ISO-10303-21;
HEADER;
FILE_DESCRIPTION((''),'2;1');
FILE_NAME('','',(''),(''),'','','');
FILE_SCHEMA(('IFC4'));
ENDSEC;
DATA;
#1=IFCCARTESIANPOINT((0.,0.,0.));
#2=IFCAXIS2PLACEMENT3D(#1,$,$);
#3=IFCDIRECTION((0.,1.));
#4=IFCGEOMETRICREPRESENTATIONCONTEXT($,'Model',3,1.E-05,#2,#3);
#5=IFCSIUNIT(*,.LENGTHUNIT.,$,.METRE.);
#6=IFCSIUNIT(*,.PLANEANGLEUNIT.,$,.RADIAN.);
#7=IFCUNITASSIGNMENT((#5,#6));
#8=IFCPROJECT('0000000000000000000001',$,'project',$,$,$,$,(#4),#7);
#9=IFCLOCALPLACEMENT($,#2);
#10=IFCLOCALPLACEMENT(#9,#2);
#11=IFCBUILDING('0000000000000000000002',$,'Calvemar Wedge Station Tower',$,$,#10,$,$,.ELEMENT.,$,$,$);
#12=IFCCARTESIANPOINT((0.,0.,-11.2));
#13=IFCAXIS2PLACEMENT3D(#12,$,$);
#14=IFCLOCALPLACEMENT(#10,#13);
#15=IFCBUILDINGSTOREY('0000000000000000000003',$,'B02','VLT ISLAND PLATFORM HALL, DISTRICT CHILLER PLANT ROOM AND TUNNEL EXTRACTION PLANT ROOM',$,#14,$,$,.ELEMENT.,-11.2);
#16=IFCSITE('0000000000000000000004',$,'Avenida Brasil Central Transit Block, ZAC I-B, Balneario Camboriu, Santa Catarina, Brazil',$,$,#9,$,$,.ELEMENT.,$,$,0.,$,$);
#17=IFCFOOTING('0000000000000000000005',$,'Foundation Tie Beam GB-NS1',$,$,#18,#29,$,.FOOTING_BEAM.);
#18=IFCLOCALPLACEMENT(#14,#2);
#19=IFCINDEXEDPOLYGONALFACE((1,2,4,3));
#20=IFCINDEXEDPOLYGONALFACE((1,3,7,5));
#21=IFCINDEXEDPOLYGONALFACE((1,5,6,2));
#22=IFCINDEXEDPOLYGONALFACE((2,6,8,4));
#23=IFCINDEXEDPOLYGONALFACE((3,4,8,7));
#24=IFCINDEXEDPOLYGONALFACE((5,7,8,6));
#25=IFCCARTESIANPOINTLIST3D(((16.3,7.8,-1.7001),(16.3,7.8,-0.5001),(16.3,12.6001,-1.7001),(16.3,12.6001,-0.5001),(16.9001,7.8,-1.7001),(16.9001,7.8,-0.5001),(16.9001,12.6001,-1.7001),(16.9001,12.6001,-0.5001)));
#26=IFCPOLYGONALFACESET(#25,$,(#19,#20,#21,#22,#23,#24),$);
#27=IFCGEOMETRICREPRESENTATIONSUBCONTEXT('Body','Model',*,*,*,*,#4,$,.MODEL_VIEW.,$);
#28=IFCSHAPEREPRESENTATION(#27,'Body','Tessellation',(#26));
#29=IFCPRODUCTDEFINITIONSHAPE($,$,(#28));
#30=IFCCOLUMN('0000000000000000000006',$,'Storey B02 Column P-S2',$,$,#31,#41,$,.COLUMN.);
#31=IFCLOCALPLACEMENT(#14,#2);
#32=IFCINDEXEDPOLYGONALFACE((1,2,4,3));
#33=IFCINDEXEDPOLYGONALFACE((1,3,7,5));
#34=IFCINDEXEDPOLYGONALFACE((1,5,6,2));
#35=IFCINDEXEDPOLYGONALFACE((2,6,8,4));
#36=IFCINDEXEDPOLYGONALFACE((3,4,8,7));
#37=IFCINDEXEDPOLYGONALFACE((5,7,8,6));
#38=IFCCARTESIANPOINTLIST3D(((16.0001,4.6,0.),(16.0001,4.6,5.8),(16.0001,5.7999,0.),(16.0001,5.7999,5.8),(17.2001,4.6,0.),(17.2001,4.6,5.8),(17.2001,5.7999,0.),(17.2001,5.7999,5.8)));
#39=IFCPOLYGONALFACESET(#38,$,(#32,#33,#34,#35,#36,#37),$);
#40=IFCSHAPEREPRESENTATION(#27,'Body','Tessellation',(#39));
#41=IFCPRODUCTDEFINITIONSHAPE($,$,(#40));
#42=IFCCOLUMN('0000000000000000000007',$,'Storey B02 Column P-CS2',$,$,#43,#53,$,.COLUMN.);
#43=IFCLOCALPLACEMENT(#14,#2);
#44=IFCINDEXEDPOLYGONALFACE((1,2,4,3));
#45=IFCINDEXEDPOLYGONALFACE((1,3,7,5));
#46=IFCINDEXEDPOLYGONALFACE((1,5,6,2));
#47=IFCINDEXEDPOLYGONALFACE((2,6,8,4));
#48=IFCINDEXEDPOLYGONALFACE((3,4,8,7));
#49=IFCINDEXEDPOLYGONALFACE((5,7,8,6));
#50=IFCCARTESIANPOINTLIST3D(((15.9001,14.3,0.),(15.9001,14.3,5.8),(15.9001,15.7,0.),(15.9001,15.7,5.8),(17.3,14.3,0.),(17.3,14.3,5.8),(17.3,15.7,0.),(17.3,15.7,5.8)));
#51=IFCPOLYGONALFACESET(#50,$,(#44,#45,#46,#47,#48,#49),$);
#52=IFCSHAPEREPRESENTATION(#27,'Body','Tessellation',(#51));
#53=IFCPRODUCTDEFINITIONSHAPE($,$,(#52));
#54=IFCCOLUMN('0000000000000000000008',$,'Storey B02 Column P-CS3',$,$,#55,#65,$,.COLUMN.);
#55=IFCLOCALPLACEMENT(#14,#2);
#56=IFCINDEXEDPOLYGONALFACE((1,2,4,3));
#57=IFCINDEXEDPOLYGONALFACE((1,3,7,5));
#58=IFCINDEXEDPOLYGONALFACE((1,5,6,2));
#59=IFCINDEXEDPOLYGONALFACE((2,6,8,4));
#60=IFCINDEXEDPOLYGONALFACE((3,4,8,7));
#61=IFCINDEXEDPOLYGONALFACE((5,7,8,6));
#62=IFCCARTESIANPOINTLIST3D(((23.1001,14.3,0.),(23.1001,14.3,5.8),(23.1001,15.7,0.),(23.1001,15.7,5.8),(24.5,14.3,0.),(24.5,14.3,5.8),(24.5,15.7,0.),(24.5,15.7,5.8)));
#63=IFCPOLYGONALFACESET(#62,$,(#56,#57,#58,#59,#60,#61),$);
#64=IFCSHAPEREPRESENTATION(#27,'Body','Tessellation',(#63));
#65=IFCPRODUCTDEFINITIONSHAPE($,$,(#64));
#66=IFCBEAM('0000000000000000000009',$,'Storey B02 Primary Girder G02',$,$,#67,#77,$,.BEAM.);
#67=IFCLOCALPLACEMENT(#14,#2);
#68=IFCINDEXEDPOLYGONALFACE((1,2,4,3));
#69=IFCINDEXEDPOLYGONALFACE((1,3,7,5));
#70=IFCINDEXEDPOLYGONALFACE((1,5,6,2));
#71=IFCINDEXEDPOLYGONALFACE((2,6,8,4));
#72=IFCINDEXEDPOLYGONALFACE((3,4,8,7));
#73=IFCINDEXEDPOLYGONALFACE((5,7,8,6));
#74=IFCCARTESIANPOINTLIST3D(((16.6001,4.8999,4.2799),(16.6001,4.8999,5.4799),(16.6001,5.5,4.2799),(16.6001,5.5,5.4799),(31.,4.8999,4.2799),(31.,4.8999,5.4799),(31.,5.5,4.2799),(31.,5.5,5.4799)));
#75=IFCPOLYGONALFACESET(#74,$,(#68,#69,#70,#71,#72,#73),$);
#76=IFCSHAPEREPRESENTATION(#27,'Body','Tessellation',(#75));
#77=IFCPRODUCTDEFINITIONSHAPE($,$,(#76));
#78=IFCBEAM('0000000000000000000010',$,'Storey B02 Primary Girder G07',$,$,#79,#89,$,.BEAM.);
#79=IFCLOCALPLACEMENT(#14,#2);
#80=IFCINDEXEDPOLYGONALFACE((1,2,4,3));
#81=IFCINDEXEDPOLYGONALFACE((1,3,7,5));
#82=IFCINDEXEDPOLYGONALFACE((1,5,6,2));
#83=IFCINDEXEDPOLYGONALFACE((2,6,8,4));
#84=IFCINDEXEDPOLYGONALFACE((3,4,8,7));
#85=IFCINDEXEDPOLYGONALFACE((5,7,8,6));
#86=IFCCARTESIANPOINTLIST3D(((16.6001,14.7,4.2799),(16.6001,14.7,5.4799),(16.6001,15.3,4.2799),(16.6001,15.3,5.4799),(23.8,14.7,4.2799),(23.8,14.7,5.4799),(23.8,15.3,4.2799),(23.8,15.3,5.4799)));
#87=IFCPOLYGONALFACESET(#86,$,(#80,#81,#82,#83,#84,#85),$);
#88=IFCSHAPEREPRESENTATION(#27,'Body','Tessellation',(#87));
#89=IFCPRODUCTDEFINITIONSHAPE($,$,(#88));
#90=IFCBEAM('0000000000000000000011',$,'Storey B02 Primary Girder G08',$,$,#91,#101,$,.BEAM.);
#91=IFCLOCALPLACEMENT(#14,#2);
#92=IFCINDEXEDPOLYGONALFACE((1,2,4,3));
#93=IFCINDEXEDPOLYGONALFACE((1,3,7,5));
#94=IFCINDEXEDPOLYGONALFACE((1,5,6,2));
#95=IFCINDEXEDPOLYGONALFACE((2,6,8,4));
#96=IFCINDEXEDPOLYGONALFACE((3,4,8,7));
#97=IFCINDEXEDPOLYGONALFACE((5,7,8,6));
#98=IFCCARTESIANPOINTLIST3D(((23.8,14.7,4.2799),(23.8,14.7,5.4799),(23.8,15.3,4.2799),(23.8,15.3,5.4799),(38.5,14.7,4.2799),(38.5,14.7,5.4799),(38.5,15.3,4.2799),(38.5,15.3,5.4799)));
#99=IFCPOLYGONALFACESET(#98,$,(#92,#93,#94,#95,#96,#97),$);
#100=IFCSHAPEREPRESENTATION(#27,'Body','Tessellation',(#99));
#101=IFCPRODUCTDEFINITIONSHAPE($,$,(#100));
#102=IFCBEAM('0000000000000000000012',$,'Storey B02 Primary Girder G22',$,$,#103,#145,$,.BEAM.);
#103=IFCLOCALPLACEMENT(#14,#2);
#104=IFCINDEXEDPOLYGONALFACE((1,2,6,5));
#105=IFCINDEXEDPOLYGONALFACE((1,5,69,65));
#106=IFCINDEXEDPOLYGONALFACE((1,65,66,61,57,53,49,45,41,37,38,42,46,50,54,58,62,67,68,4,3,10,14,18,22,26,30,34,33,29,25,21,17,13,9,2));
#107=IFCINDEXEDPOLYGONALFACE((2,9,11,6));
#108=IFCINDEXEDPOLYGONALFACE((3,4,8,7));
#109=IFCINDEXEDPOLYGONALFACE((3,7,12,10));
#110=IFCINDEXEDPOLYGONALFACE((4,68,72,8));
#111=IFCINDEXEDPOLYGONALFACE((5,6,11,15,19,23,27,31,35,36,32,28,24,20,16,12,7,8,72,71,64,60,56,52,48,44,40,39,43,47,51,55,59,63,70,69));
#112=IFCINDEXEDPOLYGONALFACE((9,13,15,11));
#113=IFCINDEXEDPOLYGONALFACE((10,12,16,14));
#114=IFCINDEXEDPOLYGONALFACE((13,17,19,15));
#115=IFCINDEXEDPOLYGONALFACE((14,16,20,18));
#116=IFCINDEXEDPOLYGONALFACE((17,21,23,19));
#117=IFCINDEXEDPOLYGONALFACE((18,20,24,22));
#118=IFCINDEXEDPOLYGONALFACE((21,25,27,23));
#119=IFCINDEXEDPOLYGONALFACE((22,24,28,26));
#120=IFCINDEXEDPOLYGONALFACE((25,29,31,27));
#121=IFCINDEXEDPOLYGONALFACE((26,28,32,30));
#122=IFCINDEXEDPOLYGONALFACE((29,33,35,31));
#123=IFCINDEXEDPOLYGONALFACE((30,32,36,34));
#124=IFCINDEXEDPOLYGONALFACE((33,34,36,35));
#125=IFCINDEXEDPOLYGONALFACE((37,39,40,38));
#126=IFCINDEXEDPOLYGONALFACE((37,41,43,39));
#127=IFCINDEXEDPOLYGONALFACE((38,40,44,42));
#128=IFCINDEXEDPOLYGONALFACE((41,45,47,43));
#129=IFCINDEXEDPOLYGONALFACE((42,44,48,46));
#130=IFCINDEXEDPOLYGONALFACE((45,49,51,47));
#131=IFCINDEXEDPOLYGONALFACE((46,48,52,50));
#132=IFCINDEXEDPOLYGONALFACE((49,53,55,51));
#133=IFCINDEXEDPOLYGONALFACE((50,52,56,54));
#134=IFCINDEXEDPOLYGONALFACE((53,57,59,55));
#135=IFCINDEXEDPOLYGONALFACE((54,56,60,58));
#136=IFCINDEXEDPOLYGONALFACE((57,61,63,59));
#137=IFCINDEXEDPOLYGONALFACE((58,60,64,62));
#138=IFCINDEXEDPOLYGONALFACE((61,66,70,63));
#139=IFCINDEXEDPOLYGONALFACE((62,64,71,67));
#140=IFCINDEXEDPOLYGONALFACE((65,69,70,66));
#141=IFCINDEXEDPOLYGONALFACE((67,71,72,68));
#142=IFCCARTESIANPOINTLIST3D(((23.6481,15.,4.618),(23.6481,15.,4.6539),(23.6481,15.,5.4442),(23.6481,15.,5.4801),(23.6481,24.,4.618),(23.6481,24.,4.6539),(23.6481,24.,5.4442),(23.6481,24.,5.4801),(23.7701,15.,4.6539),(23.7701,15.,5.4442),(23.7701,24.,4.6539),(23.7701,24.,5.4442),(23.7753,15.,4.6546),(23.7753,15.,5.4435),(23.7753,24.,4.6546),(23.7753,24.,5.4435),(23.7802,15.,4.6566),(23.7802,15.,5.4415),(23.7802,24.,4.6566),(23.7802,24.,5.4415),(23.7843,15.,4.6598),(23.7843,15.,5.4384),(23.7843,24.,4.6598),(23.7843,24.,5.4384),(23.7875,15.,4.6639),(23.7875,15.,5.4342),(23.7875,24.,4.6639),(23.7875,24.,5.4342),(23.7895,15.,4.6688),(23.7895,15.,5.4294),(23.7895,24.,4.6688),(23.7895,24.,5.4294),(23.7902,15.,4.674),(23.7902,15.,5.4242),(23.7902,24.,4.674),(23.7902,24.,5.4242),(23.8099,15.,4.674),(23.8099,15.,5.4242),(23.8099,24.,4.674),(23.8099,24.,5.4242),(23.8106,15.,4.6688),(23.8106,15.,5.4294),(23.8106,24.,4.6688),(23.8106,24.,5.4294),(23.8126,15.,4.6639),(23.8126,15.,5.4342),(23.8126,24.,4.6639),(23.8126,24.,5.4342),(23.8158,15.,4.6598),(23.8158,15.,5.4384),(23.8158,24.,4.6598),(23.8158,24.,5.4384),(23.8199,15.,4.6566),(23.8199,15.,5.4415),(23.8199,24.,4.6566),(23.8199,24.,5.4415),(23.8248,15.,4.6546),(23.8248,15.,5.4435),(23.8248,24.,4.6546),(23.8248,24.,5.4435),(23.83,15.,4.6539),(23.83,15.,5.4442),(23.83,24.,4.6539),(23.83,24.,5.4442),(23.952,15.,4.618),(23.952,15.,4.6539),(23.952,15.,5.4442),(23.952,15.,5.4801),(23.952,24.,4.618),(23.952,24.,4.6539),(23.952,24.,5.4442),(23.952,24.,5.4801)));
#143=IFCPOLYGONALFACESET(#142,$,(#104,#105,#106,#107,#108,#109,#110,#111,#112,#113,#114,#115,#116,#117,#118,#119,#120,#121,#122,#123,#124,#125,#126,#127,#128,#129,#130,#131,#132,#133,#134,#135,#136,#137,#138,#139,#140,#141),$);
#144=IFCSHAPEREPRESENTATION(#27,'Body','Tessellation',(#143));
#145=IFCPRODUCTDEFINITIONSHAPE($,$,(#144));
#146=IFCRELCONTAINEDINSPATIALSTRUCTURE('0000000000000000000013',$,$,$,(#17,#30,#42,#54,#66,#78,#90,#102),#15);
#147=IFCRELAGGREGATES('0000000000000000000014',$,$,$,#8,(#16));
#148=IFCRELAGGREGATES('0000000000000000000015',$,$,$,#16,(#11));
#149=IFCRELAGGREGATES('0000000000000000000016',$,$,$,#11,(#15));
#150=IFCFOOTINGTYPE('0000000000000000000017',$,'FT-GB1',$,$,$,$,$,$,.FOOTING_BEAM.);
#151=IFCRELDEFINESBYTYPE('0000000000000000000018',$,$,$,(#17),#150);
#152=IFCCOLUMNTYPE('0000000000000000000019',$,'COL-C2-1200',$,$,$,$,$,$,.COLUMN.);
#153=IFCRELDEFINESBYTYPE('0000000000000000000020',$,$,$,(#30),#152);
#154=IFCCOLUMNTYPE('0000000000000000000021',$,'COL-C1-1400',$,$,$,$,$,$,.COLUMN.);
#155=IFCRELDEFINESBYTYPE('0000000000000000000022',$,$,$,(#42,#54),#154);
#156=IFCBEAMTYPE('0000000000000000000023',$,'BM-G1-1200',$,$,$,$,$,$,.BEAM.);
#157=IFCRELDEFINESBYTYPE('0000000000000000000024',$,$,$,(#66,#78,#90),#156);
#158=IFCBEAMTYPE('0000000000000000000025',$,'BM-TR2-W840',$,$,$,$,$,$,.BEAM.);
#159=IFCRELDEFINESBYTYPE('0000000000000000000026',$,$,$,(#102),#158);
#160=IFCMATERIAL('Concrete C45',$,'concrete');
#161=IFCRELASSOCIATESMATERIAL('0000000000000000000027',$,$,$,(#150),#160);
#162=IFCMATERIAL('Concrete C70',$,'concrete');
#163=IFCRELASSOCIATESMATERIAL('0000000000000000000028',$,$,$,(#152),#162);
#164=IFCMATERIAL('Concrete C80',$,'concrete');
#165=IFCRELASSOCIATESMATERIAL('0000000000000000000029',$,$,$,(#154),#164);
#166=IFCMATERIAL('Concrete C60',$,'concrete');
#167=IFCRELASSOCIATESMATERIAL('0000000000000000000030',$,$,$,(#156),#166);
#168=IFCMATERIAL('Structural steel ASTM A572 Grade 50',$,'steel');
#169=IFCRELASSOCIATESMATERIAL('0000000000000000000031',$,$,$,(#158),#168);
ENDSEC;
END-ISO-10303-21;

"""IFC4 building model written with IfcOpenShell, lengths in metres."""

from ifc_helpers import new_model, si_unit, direction, frame, origin, origin_2d, place, context, subcontext, project, spatial, rectangle, i_section, extrude, source, transform, mapped, material, material_profile, profile_set, type_object, element, save


model = new_model("IFC4")

# Units and contexts
model_context = context("Model", 3, precision=1e-05, world=origin(), true_north=direction((0.0, 1.0)))
body_context = subcontext(model_context, "Body", "Model", "MODEL_VIEW")
ifc_project = project(units=[si_unit("LENGTHUNIT", "METRE"), si_unit("PLANEANGLEUNIT", "RADIAN")], contexts=[model_context])

# Site, building, storey
site_placement = place(None, origin())
site = spatial("IfcSite", under=ifc_project, at=site_placement, Name="Avenida Brasil Central Transit Block, ZAC I-B, Balneario Camboriu, Santa Catarina, Brazil", CompositionType="ELEMENT", RefElevation=0.0)
building_placement = place(site_placement, origin())
building = spatial("IfcBuilding", under=site, at=building_placement, Name="Calvemar Wedge Station Tower", CompositionType="ELEMENT")
storey_placement = place(building_placement, frame((0.0, 0.0, -11.2)))
storey = spatial("IfcBuildingStorey", under=building, at=storey_placement, Name="B02", Description="VLT ISLAND PLATFORM HALL, DISTRICT CHILLER PLANT ROOM AND TUNNEL EXTRACTION PLANT ROOM", CompositionType="ELEMENT", Elevation=-11.2)

# Shared definitions
ifc_material_1 = material(Name="Concrete C45", Category="concrete")

# Footing
ifc_material_profile_1 = material_profile(ifc_material_1, rectangle(XDim=0.6001, YDim=1.2, at=origin_2d()), Name="RC600x1200")
ifc_profile_set_1 = profile_set([ifc_material_profile_1], Name="Concrete C45")
footing_type_1 = type_object("IfcFootingType", Name="FT-GB1", PredefinedType="FOOTING_BEAM", material=ifc_profile_set_1)
shared_shape_1 = source(origin(), body_context, "Body", "SweptSolid", [
    extrude(rectangle(XDim=0.6001, YDim=1.2, at=origin_2d()), origin(), (0.0, 0.0, 1.0), 4.8),
])
footing_1_placement = place(storey_placement, frame((16.6001, 7.8, -1.1001), z_axis=(0.0, 1.0, 0.0), x_axis=(-1.0, 0.0, 0.0)))
element("IfcFooting", 1, at=footing_1_placement, inside=storey, type_object=footing_type_1, Name="Foundation Tie Beam GB-NS1", PredefinedType="FOOTING_BEAM", context=body_context, shape_type="MappedRepresentation", body=[
    mapped(shared_shape_1, transform((0.0, 0.0, 0.0), scale=1.0)),
])

# Columns
ifc_material_2 = material(Name="Concrete C70", Category="concrete")
ifc_material_profile_2 = material_profile(ifc_material_2, rectangle(XDim=1.2, YDim=1.2, at=origin_2d()), Name="RC1200x1200")
ifc_profile_set_2 = profile_set([ifc_material_profile_2], Name="Concrete C70")
column_type_1 = type_object("IfcColumnType", Name="COL-C2-1200", PredefinedType="COLUMN", material=ifc_profile_set_2)
shared_shape_2 = source(origin(), body_context, "Body", "SweptSolid", [
    extrude(rectangle(XDim=1.2, YDim=1.2, at=origin_2d()), origin(), (0.0, 0.0, 1.0), 5.8),
])
column_placement = place(storey_placement, frame((16.6001, 5.2, 0.0), z_axis=(0.0, 0.0, 1.0), x_axis=(1.0, 0.0, 0.0)))
element("IfcColumn", 2, at=column_placement, inside=storey, type_object=column_type_1, Name="Storey B02 Column P-S2", PredefinedType="COLUMN", context=body_context, shape_type="MappedRepresentation", body=[
    mapped(shared_shape_2, transform((0.0, 0.0, 0.0), scale=1.0)),
])
ifc_material_3 = material(Name="Concrete C80", Category="concrete")
ifc_material_profile_3 = material_profile(ifc_material_3, rectangle(XDim=1.3999, YDim=1.3999, at=origin_2d()), Name="RC1400x1400")
ifc_profile_set_3 = profile_set([ifc_material_profile_3], Name="Concrete C80")
column_type_2 = type_object("IfcColumnType", Name="COL-C1-1400", PredefinedType="COLUMN", material=ifc_profile_set_3)
shared_shape_3 = source(origin(), body_context, "Body", "SweptSolid", [
    extrude(rectangle(XDim=1.3999, YDim=1.3999, at=origin_2d()), origin(), (0.0, 0.0, 1.0), 5.8),
])
for number, where, z_axis, x_axis, name in (
    (3, (16.6001, 15.0, 0.0), (0.0, 0.0, 1.0), (1.0, 0.0, 0.0), "Storey B02 Column P-CS2"),
    (4, (23.8, 15.0, 0.0), (0.0, 0.0, 1.0), (1.0, 0.0, 0.0), "Storey B02 Column P-CS3"),
):
    element("IfcColumn", number, at=place(storey_placement, frame(where, z_axis=z_axis, x_axis=x_axis)), inside=storey, type_object=column_type_2, Name=name, PredefinedType="COLUMN", context=body_context, shape_type="MappedRepresentation", body=[
        mapped(shared_shape_3, transform((0.0, 0.0, 0.0), scale=1.0)),
    ])

# Beams
ifc_material_4 = material(Name="Concrete C60", Category="concrete")
ifc_material_profile_4 = material_profile(ifc_material_4, rectangle(XDim=0.6001, YDim=1.2, at=origin_2d()), Name="RC600x1200")
ifc_profile_set_4 = profile_set([ifc_material_profile_4], Name="Concrete C60")
beam_type_1 = type_object("IfcBeamType", Name="BM-G1-1200", PredefinedType="BEAM", material=ifc_profile_set_4)
shared_shape_4 = source(origin(), body_context, "Body", "SweptSolid", [
    extrude(rectangle(XDim=0.6001, YDim=1.2, at=origin_2d()), origin(), (0.0, 0.0, 1.0), 14.3999),
])
beam_1_placement = place(storey_placement, frame((16.6001, 5.2, 4.8799), z_axis=(1.0, 0.0, 0.0), x_axis=(0.0, 1.0, 0.0)))
element("IfcBeam", 5, at=beam_1_placement, inside=storey, type_object=beam_type_1, Name="Storey B02 Primary Girder G02", PredefinedType="BEAM", context=body_context, shape_type="MappedRepresentation", body=[
    mapped(shared_shape_4, transform((0.0, 0.0, 0.0), scale=1.0)),
])
shared_shape_5 = source(origin(), body_context, "Body", "SweptSolid", [
    extrude(rectangle(XDim=0.6001, YDim=1.2, at=origin_2d()), origin(), (0.0, 0.0, 1.0), 7.2),
])
beam_2_placement = place(storey_placement, frame((16.6001, 15.0, 4.8799), z_axis=(1.0, 0.0, 0.0), x_axis=(0.0, 1.0, 0.0)))
element("IfcBeam", 6, at=beam_2_placement, inside=storey, type_object=beam_type_1, Name="Storey B02 Primary Girder G07", PredefinedType="BEAM", context=body_context, shape_type="MappedRepresentation", body=[
    mapped(shared_shape_5, transform((0.0, 0.0, 0.0), scale=1.0)),
])
shared_shape_6 = source(origin(), body_context, "Body", "SweptSolid", [
    extrude(rectangle(XDim=0.6001, YDim=1.2, at=origin_2d()), origin(), (0.0, 0.0, 1.0), 14.7),
])
beam_3_placement = place(storey_placement, frame((23.8, 15.0, 4.8799), z_axis=(1.0, 0.0, 0.0), x_axis=(0.0, 1.0, 0.0)))
element("IfcBeam", 7, at=beam_3_placement, inside=storey, type_object=beam_type_1, Name="Storey B02 Primary Girder G08", PredefinedType="BEAM", context=body_context, shape_type="MappedRepresentation", body=[
    mapped(shared_shape_6, transform((0.0, 0.0, 0.0), scale=1.0)),
])
ifc_material_5 = material(Name="Structural steel ASTM A572 Grade 50", Category="steel")
ifc_material_profile_5 = material_profile(ifc_material_5, i_section(OverallWidth=0.304, OverallDepth=0.8621, WebThickness=0.0198, FlangeThickness=0.0359, FilletRadius=0.02, at=origin_2d()), Name="W840x329")
ifc_profile_set_5 = profile_set([ifc_material_profile_5], Name="Structural steel ASTM A572 Grade 50")
beam_type_2 = type_object("IfcBeamType", Name="BM-TR2-W840", PredefinedType="BEAM", material=ifc_profile_set_5)
shared_shape_7 = source(origin(), body_context, "Body", "SweptSolid", [
    extrude(i_section(OverallWidth=0.304, OverallDepth=0.8621, WebThickness=0.0198, FlangeThickness=0.0359, FilletRadius=0.02, at=origin_2d()), origin(), (0.0, 0.0, 1.0), 9.0),
])
beam_4_placement = place(storey_placement, frame((23.8, 15.0, 5.0491), z_axis=(0.0, 1.0, 0.0), x_axis=(-1.0, 0.0, 0.0)))
element("IfcBeam", 8, at=beam_4_placement, inside=storey, type_object=beam_type_2, Name="Storey B02 Primary Girder G22", PredefinedType="BEAM", context=body_context, shape_type="MappedRepresentation", body=[
    mapped(shared_shape_7, transform((0.0, 0.0, 0.0), scale=1.0)),
])

save(model, "model.ifc")
